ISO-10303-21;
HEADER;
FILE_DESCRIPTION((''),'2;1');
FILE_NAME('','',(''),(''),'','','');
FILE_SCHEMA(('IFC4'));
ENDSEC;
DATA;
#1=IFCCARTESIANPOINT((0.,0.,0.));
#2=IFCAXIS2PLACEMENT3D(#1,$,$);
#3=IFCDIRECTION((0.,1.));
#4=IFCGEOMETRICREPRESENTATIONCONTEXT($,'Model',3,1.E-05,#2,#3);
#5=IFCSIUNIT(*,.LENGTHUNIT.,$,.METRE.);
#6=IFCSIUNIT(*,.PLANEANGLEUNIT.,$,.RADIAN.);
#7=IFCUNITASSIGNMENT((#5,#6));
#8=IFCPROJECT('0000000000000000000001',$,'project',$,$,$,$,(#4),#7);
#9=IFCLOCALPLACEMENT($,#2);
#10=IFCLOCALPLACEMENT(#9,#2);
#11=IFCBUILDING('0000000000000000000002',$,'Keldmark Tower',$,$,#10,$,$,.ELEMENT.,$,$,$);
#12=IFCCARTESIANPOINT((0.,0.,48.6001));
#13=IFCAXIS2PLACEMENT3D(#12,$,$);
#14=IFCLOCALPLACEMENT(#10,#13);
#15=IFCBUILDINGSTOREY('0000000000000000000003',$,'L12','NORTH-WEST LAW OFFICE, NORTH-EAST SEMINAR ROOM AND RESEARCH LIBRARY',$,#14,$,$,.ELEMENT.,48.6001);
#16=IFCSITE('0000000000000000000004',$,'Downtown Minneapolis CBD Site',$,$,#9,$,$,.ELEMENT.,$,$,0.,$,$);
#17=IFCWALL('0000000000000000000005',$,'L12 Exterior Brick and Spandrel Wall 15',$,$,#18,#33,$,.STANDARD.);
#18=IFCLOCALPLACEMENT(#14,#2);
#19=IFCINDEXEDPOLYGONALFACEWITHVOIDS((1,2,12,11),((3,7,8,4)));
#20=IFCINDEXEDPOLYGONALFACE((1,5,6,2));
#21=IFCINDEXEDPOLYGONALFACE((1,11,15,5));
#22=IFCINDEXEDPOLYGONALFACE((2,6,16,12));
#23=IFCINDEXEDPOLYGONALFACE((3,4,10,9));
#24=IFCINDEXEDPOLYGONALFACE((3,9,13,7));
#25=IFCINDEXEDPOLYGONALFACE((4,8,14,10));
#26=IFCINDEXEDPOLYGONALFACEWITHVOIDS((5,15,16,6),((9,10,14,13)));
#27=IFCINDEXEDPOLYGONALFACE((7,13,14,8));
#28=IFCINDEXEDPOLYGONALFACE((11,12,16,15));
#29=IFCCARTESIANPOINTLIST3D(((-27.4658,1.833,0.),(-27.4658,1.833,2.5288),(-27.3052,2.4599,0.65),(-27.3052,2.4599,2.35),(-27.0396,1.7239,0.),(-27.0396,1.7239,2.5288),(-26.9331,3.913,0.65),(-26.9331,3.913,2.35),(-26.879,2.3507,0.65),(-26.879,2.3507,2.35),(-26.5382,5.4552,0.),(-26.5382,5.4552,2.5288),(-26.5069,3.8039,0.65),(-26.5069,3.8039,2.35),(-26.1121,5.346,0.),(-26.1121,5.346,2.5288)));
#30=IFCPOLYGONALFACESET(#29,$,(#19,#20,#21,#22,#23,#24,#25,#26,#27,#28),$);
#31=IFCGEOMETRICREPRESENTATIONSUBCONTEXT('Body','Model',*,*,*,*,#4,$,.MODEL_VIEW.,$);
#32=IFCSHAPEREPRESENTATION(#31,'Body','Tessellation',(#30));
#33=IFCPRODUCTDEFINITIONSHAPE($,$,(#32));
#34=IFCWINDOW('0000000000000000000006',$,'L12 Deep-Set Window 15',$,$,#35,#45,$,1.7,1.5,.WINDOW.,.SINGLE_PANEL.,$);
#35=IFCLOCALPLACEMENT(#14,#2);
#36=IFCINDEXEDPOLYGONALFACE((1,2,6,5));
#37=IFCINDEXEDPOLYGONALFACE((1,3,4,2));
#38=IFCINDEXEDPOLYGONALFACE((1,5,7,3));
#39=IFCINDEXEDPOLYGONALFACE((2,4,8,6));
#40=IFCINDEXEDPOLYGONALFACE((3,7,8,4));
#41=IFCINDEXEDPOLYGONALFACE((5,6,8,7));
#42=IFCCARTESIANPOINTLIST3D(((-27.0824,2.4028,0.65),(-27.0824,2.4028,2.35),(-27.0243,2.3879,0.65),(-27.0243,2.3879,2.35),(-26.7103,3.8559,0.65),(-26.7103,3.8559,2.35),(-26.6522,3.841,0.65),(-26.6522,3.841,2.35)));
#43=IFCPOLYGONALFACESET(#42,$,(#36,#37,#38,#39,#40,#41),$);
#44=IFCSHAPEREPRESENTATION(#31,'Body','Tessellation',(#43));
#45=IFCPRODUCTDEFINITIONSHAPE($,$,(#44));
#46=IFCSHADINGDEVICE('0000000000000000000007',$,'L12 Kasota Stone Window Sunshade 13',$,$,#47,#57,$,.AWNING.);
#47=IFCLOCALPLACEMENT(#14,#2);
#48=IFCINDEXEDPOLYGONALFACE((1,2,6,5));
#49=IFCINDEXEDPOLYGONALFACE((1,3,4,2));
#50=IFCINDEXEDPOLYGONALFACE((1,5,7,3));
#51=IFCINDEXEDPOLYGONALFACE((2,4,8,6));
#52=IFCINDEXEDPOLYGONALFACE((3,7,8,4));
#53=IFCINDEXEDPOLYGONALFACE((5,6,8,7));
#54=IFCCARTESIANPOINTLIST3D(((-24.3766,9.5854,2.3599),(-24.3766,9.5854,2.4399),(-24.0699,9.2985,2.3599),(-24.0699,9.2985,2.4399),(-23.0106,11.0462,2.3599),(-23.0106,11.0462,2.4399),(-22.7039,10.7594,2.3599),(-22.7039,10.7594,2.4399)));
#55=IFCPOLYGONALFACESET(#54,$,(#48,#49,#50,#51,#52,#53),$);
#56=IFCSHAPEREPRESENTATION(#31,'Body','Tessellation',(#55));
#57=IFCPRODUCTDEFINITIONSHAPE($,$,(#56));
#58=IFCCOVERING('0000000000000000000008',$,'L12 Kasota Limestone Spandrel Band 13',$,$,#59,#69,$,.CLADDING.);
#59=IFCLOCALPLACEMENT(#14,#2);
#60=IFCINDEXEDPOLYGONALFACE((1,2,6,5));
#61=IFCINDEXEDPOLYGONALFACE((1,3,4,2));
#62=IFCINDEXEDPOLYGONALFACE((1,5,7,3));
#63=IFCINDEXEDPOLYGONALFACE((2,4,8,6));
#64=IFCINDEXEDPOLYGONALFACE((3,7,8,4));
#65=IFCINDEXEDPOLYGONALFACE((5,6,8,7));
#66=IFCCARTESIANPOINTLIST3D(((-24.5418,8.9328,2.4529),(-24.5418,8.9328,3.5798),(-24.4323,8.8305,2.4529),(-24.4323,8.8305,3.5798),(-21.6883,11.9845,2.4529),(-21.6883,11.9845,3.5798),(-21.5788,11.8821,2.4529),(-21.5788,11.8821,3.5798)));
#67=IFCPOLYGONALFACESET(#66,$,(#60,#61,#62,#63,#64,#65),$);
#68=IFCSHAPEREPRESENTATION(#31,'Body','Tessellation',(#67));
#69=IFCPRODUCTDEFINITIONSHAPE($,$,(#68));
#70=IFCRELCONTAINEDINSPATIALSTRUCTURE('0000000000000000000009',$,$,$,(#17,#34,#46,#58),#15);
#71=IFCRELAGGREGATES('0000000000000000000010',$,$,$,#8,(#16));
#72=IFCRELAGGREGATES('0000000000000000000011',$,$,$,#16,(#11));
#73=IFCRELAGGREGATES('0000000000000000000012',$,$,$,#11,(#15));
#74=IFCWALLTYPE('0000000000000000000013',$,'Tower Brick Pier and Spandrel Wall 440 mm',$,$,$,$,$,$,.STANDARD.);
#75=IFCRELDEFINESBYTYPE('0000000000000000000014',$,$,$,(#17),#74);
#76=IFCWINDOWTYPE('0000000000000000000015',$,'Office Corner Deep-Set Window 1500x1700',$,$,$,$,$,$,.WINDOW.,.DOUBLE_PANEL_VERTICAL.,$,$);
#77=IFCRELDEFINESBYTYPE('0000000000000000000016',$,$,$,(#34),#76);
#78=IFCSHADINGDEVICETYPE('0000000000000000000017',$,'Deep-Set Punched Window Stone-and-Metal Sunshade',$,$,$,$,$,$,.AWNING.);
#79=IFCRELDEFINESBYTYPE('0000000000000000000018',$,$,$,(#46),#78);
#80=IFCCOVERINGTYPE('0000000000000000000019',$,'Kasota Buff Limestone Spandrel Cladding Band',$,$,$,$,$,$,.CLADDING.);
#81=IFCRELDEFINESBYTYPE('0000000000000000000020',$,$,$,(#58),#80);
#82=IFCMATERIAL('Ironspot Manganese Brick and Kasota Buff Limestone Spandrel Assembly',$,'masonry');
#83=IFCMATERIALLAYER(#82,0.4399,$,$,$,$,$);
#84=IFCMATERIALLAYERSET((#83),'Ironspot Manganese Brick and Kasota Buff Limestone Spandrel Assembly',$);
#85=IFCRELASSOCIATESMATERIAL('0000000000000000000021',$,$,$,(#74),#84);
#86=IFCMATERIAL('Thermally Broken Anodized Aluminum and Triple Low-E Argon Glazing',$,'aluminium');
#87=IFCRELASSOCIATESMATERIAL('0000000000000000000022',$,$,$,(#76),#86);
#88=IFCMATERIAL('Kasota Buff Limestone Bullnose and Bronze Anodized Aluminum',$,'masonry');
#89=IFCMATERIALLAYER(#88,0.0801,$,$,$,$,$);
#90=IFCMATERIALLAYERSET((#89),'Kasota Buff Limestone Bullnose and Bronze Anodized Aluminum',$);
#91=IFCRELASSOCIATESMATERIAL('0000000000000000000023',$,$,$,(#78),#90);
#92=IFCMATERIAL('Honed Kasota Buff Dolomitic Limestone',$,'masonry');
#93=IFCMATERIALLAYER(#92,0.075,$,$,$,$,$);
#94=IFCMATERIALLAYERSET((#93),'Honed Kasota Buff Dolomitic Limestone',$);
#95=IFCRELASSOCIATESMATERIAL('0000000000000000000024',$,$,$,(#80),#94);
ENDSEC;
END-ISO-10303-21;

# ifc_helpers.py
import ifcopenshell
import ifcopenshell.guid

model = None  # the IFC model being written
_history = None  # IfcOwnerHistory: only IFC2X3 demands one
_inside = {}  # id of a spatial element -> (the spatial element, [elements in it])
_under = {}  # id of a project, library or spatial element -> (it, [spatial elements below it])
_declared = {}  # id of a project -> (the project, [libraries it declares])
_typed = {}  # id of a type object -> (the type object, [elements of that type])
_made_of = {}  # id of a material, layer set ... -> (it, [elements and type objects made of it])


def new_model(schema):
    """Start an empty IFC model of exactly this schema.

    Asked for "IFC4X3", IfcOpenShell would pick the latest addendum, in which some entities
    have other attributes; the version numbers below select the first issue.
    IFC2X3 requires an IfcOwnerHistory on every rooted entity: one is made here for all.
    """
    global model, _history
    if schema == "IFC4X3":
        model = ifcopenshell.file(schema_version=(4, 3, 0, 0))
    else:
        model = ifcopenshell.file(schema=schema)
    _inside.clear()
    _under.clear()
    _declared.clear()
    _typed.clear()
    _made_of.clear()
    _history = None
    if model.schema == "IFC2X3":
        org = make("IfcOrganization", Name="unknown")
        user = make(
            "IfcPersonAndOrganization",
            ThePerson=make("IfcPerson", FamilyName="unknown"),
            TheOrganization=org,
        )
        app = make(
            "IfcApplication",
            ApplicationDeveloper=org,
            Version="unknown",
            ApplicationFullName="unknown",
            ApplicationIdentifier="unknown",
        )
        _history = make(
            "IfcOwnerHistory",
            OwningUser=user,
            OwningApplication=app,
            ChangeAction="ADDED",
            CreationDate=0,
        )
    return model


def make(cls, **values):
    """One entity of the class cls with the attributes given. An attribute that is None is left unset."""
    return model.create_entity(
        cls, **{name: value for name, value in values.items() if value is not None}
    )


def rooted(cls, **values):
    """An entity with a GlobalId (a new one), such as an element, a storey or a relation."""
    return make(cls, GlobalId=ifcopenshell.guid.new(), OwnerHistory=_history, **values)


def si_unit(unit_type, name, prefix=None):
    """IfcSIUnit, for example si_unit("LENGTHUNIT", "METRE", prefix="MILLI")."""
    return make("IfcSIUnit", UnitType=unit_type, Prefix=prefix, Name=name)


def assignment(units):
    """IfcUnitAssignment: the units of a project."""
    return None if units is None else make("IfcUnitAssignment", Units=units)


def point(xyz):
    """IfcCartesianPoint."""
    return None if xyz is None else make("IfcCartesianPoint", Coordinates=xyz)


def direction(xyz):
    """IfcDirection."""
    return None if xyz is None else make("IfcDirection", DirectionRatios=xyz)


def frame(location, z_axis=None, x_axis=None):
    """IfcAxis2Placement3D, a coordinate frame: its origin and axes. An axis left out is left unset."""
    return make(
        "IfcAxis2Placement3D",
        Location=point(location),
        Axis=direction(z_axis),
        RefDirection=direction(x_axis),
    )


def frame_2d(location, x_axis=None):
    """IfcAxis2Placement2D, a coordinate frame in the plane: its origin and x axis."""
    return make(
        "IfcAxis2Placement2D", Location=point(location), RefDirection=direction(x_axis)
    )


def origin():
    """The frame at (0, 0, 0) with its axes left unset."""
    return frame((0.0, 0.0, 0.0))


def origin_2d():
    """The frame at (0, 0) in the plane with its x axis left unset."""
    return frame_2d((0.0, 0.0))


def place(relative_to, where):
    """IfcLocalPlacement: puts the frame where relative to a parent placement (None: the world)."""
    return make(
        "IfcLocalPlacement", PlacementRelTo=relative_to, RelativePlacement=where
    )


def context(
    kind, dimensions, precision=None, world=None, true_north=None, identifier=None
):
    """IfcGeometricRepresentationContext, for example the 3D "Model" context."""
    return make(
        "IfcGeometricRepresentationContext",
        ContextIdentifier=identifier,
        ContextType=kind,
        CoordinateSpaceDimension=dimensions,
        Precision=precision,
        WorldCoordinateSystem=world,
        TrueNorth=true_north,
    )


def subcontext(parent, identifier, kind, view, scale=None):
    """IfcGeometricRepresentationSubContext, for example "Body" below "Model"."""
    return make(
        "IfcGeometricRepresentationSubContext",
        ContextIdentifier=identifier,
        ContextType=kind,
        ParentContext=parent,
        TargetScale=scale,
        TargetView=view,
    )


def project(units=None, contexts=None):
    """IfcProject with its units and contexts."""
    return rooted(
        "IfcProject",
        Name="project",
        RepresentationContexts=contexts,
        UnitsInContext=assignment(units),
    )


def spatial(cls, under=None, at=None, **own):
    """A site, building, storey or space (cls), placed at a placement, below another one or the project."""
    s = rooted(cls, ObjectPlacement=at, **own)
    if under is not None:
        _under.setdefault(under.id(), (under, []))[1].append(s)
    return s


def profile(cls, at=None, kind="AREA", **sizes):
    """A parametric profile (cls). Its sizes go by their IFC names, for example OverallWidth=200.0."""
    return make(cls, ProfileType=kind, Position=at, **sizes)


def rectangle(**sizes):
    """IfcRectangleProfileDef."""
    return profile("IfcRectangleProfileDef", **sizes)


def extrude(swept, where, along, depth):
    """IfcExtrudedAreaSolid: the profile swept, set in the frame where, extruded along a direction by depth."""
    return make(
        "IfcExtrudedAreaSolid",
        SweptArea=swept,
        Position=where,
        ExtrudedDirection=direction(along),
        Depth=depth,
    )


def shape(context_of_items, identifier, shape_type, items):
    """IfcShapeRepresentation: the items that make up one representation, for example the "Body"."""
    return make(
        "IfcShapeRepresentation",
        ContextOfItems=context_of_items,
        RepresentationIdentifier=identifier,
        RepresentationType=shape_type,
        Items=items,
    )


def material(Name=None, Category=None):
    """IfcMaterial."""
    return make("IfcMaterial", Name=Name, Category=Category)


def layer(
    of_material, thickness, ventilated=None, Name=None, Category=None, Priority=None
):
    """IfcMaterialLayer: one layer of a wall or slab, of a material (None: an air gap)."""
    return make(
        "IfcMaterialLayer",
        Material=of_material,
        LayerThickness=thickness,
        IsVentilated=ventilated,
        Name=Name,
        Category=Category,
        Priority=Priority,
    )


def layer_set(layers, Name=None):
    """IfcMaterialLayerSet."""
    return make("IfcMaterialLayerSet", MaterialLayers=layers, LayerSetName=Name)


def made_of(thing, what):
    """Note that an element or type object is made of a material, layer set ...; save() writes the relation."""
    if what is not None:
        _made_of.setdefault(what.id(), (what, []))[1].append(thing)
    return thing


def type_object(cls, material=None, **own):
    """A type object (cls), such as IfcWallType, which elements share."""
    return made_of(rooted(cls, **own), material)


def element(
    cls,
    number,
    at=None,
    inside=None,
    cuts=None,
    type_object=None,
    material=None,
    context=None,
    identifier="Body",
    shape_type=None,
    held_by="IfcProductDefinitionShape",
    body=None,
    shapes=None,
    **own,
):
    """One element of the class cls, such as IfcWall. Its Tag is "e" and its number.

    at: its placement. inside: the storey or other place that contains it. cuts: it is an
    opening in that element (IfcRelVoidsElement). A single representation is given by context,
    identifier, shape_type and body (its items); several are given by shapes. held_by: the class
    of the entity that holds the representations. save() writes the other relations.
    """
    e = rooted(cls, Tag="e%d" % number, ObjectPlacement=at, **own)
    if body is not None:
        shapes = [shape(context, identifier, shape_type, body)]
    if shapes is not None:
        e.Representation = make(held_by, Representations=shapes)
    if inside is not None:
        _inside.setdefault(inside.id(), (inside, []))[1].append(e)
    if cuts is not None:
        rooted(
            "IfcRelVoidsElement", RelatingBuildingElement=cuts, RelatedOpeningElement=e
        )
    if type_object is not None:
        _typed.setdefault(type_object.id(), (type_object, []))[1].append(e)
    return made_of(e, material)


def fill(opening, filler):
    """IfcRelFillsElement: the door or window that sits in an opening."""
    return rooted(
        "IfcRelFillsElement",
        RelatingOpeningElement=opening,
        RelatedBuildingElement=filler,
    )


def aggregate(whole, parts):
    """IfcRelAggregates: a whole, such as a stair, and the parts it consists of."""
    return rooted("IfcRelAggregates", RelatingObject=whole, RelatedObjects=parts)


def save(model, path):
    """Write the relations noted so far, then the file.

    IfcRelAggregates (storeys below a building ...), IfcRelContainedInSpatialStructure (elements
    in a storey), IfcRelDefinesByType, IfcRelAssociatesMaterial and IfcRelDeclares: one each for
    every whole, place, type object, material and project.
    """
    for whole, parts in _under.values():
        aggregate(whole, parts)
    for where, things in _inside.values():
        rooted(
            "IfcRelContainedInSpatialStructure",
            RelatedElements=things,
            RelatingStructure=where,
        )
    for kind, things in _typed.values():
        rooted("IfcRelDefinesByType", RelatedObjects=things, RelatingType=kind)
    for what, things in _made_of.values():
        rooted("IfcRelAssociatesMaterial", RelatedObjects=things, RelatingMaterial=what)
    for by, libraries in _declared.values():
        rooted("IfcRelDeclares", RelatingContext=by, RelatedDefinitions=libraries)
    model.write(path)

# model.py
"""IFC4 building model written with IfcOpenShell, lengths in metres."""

from ifc_helpers import new_model, si_unit, direction, frame, frame_2d, origin, origin_2d, place, context, subcontext, project, spatial, rectangle, extrude, material, layer, layer_set, type_object, element, fill, save


model = new_model("IFC4")

# Units and contexts
model_context = context("Model", 3, precision=1e-05, world=origin(), true_north=direction((0.0, 1.0)))
body_context = subcontext(model_context, "Body", "Model", "MODEL_VIEW")
ifc_project = project(units=[si_unit("LENGTHUNIT", "METRE"), si_unit("PLANEANGLEUNIT", "RADIAN")], contexts=[model_context])

# Site, building, storey
site_placement = place(None, origin())
site = spatial("IfcSite", under=ifc_project, at=site_placement, Name="Downtown Minneapolis CBD Site", CompositionType="ELEMENT", RefElevation=0.0)
building_placement = place(site_placement, origin())
building = spatial("IfcBuilding", under=site, at=building_placement, Name="Keldmark Tower", CompositionType="ELEMENT")
storey_placement = place(building_placement, frame((0.0, 0.0, 48.6001)))
storey = spatial("IfcBuildingStorey", under=building, at=storey_placement, Name="L12", Description="NORTH-WEST LAW OFFICE, NORTH-EAST SEMINAR ROOM AND RESEARCH LIBRARY", CompositionType="ELEMENT", Elevation=48.6001)

# Wall, opening, window
ifc_material_1 = material(Name="Ironspot Manganese Brick and Kasota Buff Limestone Spandrel Assembly", Category="masonry")
ifc_layer_1 = layer(ifc_material_1, 0.4399)
ifc_layer_set_1 = layer_set([ifc_layer_1], Name="Ironspot Manganese Brick and Kasota Buff Limestone Spandrel Assembly")
wall_type_1 = type_object("IfcWallType", Name="Tower Brick Pier and Spandrel Wall 440 mm", PredefinedType="STANDARD", material=ifc_layer_set_1)
wall_1_placement = place(storey_placement, frame((-27.2527, 1.7783, 0.0), z_axis=(0.0, 0.0, 1.0), x_axis=(0.248063, 0.968744, 0.0)))
wall_1 = element("IfcWall", 1, at=wall_1_placement, inside=storey, type_object=wall_type_1, Name="L12 Exterior Brick and Spandrel Wall 15", PredefinedType="STANDARD", context=body_context, shape_type="SweptSolid", body=[
    extrude(rectangle(XDim=3.739, YDim=0.4399, at=frame_2d((1.8696, 0.0))), origin(), (0.0, 0.0, 1.0), 2.5288),
])
opening_1_placement = place(wall_1_placement, frame((0.6472, 0.0, 0.6499)))
opening_1 = element("IfcOpeningElement", 2, at=opening_1_placement, cuts=wall_1, PredefinedType="OPENING", context=body_context, shape_type="SweptSolid", body=[
    extrude(rectangle(XDim=1.5, YDim=1.7, at=frame_2d((0.75, 0.8501))), frame((0.0, 0.23, 0.0), z_axis=(0.0, -1.0, 0.0), x_axis=(1.0, 0.0, 0.0)), (0.0, 0.0, 1.0), 0.46),
])
ifc_material_2 = material(Name="Thermally Broken Anodized Aluminum and Triple Low-E Argon Glazing", Category="aluminium")
window_type_1 = type_object("IfcWindowType", Name="Office Corner Deep-Set Window 1500x1700", PartitioningType="DOUBLE_PANEL_VERTICAL", PredefinedType="WINDOW", material=ifc_material_2)
window_1_placement = place(opening_1_placement, origin())
window_1 = element("IfcWindow", 3, at=window_1_placement, inside=storey, type_object=window_type_1, Name="L12 Deep-Set Window 15", OverallHeight=1.7, OverallWidth=1.5, PartitioningType="SINGLE_PANEL", PredefinedType="WINDOW", context=body_context, shape_type="SweptSolid", body=[
    extrude(rectangle(XDim=1.5, YDim=1.7, at=frame_2d((0.75, 0.8501))), frame((0.0, -0.01, 0.0), z_axis=(0.0, -1.0, 0.0), x_axis=(1.0, 0.0, 0.0)), (0.0, 0.0, 1.0), 0.0601),
])
fill(opening_1, window_1)

# Shading device
ifc_material_3 = material(Name="Kasota Buff Limestone Bullnose and Bronze Anodized Aluminum", Category="masonry")
ifc_layer_2 = layer(ifc_material_3, 0.0801)
ifc_layer_set_2 = layer_set([ifc_layer_2], Name="Kasota Buff Limestone Bullnose and Bronze Anodized Aluminum")
shading_device_type = type_object("IfcShadingDeviceType", Name="Deep-Set Punched Window Stone-and-Metal Sunshade", PredefinedType="AWNING", material=ifc_layer_set_2)
shading_device_placement = place(storey_placement, frame((-23.5403, 10.1724, 2.3599), z_axis=(0.0, 0.0, 1.0), x_axis=(0.683006, 0.730413, 0.0)))
element("IfcShadingDevice", 4, at=shading_device_placement, inside=storey, type_object=shading_device_type, Name="L12 Kasota Stone Window Sunshade 13", PredefinedType="AWNING", context=body_context, shape_type="SweptSolid", body=[
    extrude(rectangle(XDim=2.0, YDim=0.4199, at=origin_2d()), origin(), (0.0, 0.0, 1.0), 0.0801),
])

# Covering
ifc_material_4 = material(Name="Honed Kasota Buff Dolomitic Limestone", Category="masonry")
ifc_layer_3 = layer(ifc_material_4, 0.075)
ifc_layer_set_3 = layer_set([ifc_layer_3], Name="Honed Kasota Buff Dolomitic Limestone")
covering_type = type_object("IfcCoveringType", Name="Kasota Buff Limestone Spandrel Cladding Band", PredefinedType="CLADDING", material=ifc_layer_set_3)
covering_placement = place(storey_placement, frame((-23.0603, 10.4075, 2.4529), z_axis=(0.0, 0.0, 1.0), x_axis=(-0.683006, -0.730413, 0.0)))
element("IfcCovering", 5, at=covering_placement, inside=storey, type_object=covering_type, Name="L12 Kasota Limestone Spandrel Band 13", PredefinedType="CLADDING", context=body_context, shape_type="SweptSolid", body=[
    extrude(rectangle(XDim=4.178, YDim=0.1499, at=origin_2d()), origin(), (0.0, 0.0, 1.0), 1.127),
])

save(model, "model.ifc")
